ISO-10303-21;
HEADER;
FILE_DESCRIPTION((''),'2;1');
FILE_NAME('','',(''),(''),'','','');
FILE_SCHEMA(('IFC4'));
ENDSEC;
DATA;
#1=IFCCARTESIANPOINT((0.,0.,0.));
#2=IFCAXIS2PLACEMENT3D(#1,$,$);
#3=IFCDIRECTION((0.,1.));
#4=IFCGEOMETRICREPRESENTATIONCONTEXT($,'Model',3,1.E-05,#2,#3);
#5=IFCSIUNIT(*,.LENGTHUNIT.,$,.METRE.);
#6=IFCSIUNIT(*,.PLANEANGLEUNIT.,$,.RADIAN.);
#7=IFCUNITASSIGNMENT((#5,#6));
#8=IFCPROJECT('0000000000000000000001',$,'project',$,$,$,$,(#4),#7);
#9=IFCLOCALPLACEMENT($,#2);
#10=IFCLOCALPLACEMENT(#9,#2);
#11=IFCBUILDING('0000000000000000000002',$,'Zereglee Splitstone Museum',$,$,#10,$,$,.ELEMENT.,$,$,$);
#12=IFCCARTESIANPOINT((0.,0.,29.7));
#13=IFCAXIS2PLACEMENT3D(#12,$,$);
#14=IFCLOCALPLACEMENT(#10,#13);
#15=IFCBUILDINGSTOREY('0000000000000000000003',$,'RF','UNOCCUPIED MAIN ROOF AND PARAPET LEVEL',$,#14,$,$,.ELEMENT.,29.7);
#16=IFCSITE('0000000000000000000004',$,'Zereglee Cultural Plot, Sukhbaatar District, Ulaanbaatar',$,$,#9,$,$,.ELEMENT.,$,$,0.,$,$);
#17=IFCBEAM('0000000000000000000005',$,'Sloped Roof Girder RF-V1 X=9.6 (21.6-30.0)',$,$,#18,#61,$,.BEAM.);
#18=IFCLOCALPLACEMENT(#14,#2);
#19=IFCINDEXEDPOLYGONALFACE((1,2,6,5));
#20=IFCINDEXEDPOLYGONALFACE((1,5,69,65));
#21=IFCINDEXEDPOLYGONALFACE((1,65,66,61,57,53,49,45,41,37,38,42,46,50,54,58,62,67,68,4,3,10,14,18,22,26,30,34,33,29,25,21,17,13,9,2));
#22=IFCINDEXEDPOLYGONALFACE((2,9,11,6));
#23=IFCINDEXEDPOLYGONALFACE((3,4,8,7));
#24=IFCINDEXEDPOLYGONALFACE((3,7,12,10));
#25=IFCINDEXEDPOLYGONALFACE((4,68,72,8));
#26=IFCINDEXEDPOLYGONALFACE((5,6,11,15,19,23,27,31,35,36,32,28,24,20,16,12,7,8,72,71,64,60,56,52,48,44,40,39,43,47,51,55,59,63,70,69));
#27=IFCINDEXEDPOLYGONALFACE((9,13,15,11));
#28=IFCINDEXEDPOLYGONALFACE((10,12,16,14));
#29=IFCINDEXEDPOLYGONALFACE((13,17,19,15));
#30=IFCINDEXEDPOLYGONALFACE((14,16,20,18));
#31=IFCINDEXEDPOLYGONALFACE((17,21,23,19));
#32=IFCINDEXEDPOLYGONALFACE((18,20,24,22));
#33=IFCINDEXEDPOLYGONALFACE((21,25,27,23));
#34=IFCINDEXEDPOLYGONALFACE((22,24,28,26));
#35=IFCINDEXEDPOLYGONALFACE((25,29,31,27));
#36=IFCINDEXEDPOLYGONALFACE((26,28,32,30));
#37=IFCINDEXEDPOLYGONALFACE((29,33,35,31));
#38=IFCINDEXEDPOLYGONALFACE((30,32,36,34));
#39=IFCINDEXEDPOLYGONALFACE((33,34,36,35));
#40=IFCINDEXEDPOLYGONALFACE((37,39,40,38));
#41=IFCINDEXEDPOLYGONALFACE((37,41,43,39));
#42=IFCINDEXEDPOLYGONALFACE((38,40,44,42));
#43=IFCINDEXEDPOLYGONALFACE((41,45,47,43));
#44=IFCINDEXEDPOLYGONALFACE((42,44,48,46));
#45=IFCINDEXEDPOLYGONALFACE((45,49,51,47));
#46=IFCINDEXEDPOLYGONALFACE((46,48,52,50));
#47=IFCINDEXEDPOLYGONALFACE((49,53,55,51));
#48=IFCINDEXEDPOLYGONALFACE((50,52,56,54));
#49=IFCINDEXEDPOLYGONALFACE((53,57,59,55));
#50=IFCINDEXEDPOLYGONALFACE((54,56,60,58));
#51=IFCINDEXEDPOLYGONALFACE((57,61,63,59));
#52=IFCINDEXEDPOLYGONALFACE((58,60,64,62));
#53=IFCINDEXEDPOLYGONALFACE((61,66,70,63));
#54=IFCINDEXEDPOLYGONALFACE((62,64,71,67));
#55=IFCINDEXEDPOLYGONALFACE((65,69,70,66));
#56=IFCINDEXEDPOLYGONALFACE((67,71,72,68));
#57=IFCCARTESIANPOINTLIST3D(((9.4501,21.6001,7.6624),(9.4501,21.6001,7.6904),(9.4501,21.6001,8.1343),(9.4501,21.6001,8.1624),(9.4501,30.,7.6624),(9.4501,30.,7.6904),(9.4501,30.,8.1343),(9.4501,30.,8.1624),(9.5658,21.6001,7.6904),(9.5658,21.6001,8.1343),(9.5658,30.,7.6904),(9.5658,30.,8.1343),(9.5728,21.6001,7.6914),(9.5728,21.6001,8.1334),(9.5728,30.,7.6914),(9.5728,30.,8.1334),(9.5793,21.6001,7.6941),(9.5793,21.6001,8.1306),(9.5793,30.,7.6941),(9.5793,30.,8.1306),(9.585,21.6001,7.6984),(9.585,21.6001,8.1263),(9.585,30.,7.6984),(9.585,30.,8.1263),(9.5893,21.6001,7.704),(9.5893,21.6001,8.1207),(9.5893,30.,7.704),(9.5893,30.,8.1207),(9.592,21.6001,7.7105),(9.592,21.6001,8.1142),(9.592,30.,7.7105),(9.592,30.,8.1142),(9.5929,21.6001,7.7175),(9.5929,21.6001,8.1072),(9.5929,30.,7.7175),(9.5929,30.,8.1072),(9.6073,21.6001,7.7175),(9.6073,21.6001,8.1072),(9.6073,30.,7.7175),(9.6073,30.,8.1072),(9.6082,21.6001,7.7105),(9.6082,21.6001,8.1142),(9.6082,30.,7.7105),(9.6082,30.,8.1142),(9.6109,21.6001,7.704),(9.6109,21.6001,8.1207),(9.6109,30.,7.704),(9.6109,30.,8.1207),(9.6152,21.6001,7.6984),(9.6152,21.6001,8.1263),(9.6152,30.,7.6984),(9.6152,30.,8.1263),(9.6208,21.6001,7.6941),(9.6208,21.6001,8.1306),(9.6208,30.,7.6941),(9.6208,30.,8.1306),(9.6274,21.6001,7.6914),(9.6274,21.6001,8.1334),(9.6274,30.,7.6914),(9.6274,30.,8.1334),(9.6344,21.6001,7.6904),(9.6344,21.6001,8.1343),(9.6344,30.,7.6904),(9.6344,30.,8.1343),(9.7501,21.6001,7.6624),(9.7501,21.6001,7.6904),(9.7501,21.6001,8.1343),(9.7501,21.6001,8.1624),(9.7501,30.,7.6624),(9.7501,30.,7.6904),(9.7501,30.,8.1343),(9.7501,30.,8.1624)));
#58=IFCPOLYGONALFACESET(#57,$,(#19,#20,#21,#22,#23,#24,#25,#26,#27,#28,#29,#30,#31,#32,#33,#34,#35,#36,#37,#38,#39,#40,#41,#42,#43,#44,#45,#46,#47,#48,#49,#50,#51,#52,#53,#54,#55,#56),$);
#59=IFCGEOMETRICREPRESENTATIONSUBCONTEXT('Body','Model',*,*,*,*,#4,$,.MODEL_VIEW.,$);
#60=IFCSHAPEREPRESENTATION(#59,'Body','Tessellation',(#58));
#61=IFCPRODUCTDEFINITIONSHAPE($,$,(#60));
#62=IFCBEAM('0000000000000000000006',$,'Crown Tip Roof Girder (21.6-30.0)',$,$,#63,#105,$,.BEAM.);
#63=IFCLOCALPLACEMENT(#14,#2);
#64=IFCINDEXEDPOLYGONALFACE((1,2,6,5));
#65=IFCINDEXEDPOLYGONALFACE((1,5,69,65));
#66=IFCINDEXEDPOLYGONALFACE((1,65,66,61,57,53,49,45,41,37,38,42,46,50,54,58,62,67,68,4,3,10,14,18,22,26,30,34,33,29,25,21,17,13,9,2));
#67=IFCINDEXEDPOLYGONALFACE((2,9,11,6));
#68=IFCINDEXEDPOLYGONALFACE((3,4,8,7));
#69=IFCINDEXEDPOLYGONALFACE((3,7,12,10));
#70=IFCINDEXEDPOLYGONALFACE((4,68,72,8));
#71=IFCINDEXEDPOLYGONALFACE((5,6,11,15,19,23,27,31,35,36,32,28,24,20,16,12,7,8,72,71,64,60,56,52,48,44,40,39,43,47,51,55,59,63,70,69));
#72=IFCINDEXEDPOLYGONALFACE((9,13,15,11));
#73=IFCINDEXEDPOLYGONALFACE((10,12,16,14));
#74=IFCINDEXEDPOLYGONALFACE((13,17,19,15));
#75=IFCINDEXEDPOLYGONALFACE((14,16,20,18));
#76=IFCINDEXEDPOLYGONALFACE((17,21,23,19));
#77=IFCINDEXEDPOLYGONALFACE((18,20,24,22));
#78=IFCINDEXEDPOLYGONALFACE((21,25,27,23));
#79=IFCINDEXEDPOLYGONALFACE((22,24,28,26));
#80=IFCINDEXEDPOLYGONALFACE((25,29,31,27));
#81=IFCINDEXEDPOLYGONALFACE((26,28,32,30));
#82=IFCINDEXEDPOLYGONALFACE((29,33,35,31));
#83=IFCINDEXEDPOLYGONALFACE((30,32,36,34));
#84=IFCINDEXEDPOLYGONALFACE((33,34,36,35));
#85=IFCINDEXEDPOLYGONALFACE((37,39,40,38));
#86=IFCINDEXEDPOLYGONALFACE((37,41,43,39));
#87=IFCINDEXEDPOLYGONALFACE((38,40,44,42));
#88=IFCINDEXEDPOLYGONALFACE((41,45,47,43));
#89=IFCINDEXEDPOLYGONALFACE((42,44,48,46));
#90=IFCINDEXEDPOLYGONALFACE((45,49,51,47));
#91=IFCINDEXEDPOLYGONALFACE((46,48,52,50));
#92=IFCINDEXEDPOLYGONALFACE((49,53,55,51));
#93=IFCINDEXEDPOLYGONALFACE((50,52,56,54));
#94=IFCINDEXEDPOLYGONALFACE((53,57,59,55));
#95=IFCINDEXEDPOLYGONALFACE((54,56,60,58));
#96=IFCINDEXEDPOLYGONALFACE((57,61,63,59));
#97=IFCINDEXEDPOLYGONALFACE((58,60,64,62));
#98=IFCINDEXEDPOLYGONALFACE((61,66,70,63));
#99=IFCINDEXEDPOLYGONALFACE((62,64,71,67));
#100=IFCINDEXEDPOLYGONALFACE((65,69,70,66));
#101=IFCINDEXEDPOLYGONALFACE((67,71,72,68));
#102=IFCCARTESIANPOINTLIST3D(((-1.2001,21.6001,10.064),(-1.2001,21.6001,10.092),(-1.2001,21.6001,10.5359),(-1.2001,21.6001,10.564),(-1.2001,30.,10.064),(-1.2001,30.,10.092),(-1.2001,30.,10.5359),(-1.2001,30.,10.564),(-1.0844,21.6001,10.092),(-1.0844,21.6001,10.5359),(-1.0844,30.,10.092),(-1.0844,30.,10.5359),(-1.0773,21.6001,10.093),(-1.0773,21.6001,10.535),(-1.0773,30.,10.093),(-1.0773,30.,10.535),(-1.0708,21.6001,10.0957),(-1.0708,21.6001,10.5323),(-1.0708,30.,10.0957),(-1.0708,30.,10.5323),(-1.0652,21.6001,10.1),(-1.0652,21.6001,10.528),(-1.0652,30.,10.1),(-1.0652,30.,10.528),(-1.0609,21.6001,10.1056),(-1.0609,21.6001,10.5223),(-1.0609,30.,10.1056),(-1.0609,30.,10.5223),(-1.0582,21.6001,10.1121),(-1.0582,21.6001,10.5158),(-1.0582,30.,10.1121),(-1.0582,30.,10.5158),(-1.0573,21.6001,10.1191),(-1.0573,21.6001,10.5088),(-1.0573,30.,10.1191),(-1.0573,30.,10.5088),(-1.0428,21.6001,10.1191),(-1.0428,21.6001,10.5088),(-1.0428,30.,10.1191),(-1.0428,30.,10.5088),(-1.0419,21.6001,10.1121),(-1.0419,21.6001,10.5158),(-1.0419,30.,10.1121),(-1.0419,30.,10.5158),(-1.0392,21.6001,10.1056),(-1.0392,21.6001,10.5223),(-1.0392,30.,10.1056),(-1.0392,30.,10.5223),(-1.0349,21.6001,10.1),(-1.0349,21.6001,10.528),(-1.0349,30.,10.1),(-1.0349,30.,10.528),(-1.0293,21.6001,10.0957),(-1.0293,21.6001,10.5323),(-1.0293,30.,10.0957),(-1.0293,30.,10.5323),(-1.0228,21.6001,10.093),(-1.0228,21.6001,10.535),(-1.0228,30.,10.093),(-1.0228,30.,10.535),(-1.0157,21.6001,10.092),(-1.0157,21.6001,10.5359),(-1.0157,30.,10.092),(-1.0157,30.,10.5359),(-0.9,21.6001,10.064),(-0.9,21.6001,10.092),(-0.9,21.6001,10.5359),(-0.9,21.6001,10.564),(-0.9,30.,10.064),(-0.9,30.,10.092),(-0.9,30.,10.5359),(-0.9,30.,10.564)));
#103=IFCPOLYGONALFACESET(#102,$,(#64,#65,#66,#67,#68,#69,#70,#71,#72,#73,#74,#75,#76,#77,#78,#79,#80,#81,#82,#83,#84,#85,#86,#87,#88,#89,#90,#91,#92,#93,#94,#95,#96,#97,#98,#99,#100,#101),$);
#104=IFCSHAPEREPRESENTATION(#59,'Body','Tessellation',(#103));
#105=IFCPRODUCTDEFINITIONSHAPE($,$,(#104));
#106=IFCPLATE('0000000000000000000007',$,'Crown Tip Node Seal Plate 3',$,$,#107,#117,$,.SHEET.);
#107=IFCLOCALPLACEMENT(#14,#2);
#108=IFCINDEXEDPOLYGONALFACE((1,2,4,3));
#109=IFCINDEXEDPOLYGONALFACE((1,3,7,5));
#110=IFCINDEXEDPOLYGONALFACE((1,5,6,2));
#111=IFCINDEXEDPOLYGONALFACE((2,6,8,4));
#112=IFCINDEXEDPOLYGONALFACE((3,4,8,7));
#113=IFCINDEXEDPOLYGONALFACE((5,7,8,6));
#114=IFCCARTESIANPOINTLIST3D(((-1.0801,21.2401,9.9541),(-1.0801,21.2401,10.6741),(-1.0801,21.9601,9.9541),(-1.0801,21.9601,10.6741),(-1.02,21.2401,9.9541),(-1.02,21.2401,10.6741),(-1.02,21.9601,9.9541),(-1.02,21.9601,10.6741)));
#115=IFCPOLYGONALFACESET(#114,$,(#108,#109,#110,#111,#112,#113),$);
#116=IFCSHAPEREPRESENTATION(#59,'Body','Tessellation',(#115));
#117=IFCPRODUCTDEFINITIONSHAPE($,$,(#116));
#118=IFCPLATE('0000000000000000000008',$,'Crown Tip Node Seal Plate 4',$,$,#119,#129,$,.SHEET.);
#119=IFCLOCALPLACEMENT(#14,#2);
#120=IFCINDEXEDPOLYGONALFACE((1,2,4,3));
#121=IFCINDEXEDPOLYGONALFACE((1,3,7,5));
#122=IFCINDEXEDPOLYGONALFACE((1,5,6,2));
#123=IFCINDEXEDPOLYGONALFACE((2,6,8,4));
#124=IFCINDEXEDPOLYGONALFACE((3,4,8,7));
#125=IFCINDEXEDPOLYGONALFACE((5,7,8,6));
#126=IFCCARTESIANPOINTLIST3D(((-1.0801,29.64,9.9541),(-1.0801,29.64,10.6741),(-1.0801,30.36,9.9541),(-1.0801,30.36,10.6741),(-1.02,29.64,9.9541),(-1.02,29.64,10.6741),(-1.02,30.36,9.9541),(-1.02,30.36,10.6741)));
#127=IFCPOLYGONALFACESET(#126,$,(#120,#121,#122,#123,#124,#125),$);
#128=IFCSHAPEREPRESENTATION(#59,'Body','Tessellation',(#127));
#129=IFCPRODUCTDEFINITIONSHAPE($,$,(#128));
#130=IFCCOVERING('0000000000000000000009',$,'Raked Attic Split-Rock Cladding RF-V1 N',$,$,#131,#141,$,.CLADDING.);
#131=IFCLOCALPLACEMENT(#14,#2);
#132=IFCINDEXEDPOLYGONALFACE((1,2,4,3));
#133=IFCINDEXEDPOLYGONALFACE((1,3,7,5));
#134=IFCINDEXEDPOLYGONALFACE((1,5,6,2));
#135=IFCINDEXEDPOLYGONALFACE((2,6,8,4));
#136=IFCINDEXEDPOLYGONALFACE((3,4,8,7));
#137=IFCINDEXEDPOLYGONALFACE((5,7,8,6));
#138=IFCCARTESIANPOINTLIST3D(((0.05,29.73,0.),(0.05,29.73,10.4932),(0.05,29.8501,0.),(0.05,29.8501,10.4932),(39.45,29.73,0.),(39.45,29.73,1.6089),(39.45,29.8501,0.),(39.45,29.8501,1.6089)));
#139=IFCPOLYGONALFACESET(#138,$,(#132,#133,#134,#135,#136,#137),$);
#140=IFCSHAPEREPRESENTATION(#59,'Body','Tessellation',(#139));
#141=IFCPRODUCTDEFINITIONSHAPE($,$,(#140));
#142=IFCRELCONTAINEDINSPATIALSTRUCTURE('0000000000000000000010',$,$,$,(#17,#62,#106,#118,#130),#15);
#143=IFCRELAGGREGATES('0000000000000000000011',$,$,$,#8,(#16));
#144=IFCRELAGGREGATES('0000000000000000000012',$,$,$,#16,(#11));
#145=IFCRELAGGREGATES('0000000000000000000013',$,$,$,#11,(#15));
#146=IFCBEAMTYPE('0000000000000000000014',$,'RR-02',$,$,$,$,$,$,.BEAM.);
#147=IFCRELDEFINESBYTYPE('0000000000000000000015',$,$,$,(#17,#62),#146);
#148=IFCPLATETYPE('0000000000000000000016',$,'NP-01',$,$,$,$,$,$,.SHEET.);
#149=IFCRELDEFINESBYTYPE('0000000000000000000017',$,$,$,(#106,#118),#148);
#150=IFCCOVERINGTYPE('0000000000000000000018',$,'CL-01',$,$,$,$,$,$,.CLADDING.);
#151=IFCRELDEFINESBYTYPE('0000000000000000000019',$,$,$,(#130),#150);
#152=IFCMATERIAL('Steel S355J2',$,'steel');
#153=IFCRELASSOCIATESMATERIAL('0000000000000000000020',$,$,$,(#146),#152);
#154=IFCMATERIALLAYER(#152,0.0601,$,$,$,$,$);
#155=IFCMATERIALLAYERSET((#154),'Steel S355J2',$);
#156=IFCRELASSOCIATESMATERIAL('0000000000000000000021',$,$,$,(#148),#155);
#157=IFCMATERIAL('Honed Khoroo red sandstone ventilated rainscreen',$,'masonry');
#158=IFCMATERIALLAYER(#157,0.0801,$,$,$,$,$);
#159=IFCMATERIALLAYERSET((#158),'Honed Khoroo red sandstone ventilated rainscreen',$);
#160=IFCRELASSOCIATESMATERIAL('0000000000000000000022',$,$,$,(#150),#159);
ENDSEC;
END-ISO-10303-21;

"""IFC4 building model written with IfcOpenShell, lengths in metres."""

from ifc_helpers import new_model, si_unit, direction, frame, origin, origin_2d, place, context, subcontext, project, spatial, polyline, rectangle, i_section, outline, extrude, material, layer, layer_set, material_profile, profile_set, type_object, element, save


model = new_model("IFC4")

# Units and contexts
model_context = context("Model", 3, precision=1e-05, world=origin(), true_north=direction((0.0, 1.0)))
body_context = subcontext(model_context, "Body", "Model", "MODEL_VIEW")
ifc_project = project(units=[si_unit("LENGTHUNIT", "METRE"), si_unit("PLANEANGLEUNIT", "RADIAN")], contexts=[model_context])

# Site, building, storey
site_placement = place(None, origin())
site = spatial("IfcSite", under=ifc_project, at=site_placement, Name="Zereglee Cultural Plot, Sukhbaatar District, Ulaanbaatar", CompositionType="ELEMENT", RefElevation=0.0)
building_placement = place(site_placement, origin())
building = spatial("IfcBuilding", under=site, at=building_placement, Name="Zereglee Splitstone Museum", CompositionType="ELEMENT")
storey_placement = place(building_placement, frame((0.0, 0.0, 29.7)))
storey = spatial("IfcBuildingStorey", under=building, at=storey_placement, Name="RF", Description="UNOCCUPIED MAIN ROOF AND PARAPET LEVEL", CompositionType="ELEMENT", Elevation=29.7)

# Shared definitions
ifc_material_1 = material(Name="Steel S355J2", Category="steel")

# Beams
ifc_material_profile_1 = material_profile(ifc_material_1, i_section(OverallWidth=0.3, OverallDepth=0.5, WebThickness=0.0144, FlangeThickness=0.0281, FilletRadius=0.0271, at=origin_2d()), Name="HE 500 B")
ifc_profile_set_1 = profile_set([ifc_material_profile_1], Name="Steel S355J2")
beam_type = type_object("IfcBeamType", Name="RR-02", PredefinedType="BEAM", material=ifc_profile_set_1)
for number, where, z_axis, x_axis, name in (
    (1, (9.6001, 21.6001, 7.9124), (0.0, 1.0, 0.0), (-1.0, 0.0, 0.0), "Sloped Roof Girder RF-V1 X=9.6 (21.6-30.0)"),
    (2, (-1.05, 21.6001, 10.314), (0.0, 1.0, 0.0), (-1.0, 0.0, 0.0), "Crown Tip Roof Girder (21.6-30.0)"),
):
    element("IfcBeam", number, at=place(storey_placement, frame(where, z_axis=z_axis, x_axis=x_axis)), inside=storey, type_object=beam_type, Name=name, PredefinedType="BEAM", context=body_context, shape_type="SweptSolid", body=[
        extrude(i_section(OverallWidth=0.3, OverallDepth=0.5, WebThickness=0.0144, FlangeThickness=0.0281, FilletRadius=0.0271, at=origin_2d()), origin(), (0.0, 0.0, 1.0), 8.3999),
    ])

# Plates
ifc_layer_1 = layer(ifc_material_1, 0.0601)
ifc_layer_set_1 = layer_set([ifc_layer_1], Name="Steel S355J2")
plate_type = type_object("IfcPlateType", Name="NP-01", PredefinedType="SHEET", material=ifc_layer_set_1)
for number, where, z_axis, x_axis, name in (
    (3, (-1.05, 21.6001, 9.9541), (0.0, 0.0, 1.0), (1.0, 0.0, 0.0), "Crown Tip Node Seal Plate 3"),
    (4, (-1.05, 30.0, 9.9541), (0.0, 0.0, 1.0), (1.0, 0.0, 0.0), "Crown Tip Node Seal Plate 4"),
):
    element("IfcPlate", number, at=place(storey_placement, frame(where, z_axis=z_axis, x_axis=x_axis)), inside=storey, type_object=plate_type, Name=name, PredefinedType="SHEET", context=body_context, shape_type="SweptSolid", body=[
        extrude(rectangle(XDim=0.0601, YDim=0.72, at=origin_2d()), origin(), (0.0, 0.0, 1.0), 0.72),
    ])

# Covering
ifc_material_2 = material(Name="Honed Khoroo red sandstone ventilated rainscreen", Category="masonry")
ifc_layer_2 = layer(ifc_material_2, 0.0801)
ifc_layer_set_2 = layer_set([ifc_layer_2], Name="Honed Khoroo red sandstone ventilated rainscreen")
covering_type = type_object("IfcCoveringType", Name="CL-01", PredefinedType="CLADDING", material=ifc_layer_set_2)
covering_placement = place(storey_placement, frame((0.05, 29.8501, 10.4932), z_axis=(0.0, 1.0, 0.0), x_axis=(0.975507, 0.0, -0.219967)))
element("IfcCovering", 5, at=covering_placement, inside=storey, type_object=covering_type, Name="Raked Attic Split-Rock Cladding RF-V1 N", PredefinedType="CLADDING", context=body_context, shape_type="SweptSolid", body=[
    extrude(outline(polyline([(0.0, 0.0), (40.3891, 0.0), (40.743, 1.5695), (2.3081, 10.2362), (0.0, 0.0)])), origin(), (0.0, 0.0, -1.0), 0.1201),
])

save(model, "model.ifc")
